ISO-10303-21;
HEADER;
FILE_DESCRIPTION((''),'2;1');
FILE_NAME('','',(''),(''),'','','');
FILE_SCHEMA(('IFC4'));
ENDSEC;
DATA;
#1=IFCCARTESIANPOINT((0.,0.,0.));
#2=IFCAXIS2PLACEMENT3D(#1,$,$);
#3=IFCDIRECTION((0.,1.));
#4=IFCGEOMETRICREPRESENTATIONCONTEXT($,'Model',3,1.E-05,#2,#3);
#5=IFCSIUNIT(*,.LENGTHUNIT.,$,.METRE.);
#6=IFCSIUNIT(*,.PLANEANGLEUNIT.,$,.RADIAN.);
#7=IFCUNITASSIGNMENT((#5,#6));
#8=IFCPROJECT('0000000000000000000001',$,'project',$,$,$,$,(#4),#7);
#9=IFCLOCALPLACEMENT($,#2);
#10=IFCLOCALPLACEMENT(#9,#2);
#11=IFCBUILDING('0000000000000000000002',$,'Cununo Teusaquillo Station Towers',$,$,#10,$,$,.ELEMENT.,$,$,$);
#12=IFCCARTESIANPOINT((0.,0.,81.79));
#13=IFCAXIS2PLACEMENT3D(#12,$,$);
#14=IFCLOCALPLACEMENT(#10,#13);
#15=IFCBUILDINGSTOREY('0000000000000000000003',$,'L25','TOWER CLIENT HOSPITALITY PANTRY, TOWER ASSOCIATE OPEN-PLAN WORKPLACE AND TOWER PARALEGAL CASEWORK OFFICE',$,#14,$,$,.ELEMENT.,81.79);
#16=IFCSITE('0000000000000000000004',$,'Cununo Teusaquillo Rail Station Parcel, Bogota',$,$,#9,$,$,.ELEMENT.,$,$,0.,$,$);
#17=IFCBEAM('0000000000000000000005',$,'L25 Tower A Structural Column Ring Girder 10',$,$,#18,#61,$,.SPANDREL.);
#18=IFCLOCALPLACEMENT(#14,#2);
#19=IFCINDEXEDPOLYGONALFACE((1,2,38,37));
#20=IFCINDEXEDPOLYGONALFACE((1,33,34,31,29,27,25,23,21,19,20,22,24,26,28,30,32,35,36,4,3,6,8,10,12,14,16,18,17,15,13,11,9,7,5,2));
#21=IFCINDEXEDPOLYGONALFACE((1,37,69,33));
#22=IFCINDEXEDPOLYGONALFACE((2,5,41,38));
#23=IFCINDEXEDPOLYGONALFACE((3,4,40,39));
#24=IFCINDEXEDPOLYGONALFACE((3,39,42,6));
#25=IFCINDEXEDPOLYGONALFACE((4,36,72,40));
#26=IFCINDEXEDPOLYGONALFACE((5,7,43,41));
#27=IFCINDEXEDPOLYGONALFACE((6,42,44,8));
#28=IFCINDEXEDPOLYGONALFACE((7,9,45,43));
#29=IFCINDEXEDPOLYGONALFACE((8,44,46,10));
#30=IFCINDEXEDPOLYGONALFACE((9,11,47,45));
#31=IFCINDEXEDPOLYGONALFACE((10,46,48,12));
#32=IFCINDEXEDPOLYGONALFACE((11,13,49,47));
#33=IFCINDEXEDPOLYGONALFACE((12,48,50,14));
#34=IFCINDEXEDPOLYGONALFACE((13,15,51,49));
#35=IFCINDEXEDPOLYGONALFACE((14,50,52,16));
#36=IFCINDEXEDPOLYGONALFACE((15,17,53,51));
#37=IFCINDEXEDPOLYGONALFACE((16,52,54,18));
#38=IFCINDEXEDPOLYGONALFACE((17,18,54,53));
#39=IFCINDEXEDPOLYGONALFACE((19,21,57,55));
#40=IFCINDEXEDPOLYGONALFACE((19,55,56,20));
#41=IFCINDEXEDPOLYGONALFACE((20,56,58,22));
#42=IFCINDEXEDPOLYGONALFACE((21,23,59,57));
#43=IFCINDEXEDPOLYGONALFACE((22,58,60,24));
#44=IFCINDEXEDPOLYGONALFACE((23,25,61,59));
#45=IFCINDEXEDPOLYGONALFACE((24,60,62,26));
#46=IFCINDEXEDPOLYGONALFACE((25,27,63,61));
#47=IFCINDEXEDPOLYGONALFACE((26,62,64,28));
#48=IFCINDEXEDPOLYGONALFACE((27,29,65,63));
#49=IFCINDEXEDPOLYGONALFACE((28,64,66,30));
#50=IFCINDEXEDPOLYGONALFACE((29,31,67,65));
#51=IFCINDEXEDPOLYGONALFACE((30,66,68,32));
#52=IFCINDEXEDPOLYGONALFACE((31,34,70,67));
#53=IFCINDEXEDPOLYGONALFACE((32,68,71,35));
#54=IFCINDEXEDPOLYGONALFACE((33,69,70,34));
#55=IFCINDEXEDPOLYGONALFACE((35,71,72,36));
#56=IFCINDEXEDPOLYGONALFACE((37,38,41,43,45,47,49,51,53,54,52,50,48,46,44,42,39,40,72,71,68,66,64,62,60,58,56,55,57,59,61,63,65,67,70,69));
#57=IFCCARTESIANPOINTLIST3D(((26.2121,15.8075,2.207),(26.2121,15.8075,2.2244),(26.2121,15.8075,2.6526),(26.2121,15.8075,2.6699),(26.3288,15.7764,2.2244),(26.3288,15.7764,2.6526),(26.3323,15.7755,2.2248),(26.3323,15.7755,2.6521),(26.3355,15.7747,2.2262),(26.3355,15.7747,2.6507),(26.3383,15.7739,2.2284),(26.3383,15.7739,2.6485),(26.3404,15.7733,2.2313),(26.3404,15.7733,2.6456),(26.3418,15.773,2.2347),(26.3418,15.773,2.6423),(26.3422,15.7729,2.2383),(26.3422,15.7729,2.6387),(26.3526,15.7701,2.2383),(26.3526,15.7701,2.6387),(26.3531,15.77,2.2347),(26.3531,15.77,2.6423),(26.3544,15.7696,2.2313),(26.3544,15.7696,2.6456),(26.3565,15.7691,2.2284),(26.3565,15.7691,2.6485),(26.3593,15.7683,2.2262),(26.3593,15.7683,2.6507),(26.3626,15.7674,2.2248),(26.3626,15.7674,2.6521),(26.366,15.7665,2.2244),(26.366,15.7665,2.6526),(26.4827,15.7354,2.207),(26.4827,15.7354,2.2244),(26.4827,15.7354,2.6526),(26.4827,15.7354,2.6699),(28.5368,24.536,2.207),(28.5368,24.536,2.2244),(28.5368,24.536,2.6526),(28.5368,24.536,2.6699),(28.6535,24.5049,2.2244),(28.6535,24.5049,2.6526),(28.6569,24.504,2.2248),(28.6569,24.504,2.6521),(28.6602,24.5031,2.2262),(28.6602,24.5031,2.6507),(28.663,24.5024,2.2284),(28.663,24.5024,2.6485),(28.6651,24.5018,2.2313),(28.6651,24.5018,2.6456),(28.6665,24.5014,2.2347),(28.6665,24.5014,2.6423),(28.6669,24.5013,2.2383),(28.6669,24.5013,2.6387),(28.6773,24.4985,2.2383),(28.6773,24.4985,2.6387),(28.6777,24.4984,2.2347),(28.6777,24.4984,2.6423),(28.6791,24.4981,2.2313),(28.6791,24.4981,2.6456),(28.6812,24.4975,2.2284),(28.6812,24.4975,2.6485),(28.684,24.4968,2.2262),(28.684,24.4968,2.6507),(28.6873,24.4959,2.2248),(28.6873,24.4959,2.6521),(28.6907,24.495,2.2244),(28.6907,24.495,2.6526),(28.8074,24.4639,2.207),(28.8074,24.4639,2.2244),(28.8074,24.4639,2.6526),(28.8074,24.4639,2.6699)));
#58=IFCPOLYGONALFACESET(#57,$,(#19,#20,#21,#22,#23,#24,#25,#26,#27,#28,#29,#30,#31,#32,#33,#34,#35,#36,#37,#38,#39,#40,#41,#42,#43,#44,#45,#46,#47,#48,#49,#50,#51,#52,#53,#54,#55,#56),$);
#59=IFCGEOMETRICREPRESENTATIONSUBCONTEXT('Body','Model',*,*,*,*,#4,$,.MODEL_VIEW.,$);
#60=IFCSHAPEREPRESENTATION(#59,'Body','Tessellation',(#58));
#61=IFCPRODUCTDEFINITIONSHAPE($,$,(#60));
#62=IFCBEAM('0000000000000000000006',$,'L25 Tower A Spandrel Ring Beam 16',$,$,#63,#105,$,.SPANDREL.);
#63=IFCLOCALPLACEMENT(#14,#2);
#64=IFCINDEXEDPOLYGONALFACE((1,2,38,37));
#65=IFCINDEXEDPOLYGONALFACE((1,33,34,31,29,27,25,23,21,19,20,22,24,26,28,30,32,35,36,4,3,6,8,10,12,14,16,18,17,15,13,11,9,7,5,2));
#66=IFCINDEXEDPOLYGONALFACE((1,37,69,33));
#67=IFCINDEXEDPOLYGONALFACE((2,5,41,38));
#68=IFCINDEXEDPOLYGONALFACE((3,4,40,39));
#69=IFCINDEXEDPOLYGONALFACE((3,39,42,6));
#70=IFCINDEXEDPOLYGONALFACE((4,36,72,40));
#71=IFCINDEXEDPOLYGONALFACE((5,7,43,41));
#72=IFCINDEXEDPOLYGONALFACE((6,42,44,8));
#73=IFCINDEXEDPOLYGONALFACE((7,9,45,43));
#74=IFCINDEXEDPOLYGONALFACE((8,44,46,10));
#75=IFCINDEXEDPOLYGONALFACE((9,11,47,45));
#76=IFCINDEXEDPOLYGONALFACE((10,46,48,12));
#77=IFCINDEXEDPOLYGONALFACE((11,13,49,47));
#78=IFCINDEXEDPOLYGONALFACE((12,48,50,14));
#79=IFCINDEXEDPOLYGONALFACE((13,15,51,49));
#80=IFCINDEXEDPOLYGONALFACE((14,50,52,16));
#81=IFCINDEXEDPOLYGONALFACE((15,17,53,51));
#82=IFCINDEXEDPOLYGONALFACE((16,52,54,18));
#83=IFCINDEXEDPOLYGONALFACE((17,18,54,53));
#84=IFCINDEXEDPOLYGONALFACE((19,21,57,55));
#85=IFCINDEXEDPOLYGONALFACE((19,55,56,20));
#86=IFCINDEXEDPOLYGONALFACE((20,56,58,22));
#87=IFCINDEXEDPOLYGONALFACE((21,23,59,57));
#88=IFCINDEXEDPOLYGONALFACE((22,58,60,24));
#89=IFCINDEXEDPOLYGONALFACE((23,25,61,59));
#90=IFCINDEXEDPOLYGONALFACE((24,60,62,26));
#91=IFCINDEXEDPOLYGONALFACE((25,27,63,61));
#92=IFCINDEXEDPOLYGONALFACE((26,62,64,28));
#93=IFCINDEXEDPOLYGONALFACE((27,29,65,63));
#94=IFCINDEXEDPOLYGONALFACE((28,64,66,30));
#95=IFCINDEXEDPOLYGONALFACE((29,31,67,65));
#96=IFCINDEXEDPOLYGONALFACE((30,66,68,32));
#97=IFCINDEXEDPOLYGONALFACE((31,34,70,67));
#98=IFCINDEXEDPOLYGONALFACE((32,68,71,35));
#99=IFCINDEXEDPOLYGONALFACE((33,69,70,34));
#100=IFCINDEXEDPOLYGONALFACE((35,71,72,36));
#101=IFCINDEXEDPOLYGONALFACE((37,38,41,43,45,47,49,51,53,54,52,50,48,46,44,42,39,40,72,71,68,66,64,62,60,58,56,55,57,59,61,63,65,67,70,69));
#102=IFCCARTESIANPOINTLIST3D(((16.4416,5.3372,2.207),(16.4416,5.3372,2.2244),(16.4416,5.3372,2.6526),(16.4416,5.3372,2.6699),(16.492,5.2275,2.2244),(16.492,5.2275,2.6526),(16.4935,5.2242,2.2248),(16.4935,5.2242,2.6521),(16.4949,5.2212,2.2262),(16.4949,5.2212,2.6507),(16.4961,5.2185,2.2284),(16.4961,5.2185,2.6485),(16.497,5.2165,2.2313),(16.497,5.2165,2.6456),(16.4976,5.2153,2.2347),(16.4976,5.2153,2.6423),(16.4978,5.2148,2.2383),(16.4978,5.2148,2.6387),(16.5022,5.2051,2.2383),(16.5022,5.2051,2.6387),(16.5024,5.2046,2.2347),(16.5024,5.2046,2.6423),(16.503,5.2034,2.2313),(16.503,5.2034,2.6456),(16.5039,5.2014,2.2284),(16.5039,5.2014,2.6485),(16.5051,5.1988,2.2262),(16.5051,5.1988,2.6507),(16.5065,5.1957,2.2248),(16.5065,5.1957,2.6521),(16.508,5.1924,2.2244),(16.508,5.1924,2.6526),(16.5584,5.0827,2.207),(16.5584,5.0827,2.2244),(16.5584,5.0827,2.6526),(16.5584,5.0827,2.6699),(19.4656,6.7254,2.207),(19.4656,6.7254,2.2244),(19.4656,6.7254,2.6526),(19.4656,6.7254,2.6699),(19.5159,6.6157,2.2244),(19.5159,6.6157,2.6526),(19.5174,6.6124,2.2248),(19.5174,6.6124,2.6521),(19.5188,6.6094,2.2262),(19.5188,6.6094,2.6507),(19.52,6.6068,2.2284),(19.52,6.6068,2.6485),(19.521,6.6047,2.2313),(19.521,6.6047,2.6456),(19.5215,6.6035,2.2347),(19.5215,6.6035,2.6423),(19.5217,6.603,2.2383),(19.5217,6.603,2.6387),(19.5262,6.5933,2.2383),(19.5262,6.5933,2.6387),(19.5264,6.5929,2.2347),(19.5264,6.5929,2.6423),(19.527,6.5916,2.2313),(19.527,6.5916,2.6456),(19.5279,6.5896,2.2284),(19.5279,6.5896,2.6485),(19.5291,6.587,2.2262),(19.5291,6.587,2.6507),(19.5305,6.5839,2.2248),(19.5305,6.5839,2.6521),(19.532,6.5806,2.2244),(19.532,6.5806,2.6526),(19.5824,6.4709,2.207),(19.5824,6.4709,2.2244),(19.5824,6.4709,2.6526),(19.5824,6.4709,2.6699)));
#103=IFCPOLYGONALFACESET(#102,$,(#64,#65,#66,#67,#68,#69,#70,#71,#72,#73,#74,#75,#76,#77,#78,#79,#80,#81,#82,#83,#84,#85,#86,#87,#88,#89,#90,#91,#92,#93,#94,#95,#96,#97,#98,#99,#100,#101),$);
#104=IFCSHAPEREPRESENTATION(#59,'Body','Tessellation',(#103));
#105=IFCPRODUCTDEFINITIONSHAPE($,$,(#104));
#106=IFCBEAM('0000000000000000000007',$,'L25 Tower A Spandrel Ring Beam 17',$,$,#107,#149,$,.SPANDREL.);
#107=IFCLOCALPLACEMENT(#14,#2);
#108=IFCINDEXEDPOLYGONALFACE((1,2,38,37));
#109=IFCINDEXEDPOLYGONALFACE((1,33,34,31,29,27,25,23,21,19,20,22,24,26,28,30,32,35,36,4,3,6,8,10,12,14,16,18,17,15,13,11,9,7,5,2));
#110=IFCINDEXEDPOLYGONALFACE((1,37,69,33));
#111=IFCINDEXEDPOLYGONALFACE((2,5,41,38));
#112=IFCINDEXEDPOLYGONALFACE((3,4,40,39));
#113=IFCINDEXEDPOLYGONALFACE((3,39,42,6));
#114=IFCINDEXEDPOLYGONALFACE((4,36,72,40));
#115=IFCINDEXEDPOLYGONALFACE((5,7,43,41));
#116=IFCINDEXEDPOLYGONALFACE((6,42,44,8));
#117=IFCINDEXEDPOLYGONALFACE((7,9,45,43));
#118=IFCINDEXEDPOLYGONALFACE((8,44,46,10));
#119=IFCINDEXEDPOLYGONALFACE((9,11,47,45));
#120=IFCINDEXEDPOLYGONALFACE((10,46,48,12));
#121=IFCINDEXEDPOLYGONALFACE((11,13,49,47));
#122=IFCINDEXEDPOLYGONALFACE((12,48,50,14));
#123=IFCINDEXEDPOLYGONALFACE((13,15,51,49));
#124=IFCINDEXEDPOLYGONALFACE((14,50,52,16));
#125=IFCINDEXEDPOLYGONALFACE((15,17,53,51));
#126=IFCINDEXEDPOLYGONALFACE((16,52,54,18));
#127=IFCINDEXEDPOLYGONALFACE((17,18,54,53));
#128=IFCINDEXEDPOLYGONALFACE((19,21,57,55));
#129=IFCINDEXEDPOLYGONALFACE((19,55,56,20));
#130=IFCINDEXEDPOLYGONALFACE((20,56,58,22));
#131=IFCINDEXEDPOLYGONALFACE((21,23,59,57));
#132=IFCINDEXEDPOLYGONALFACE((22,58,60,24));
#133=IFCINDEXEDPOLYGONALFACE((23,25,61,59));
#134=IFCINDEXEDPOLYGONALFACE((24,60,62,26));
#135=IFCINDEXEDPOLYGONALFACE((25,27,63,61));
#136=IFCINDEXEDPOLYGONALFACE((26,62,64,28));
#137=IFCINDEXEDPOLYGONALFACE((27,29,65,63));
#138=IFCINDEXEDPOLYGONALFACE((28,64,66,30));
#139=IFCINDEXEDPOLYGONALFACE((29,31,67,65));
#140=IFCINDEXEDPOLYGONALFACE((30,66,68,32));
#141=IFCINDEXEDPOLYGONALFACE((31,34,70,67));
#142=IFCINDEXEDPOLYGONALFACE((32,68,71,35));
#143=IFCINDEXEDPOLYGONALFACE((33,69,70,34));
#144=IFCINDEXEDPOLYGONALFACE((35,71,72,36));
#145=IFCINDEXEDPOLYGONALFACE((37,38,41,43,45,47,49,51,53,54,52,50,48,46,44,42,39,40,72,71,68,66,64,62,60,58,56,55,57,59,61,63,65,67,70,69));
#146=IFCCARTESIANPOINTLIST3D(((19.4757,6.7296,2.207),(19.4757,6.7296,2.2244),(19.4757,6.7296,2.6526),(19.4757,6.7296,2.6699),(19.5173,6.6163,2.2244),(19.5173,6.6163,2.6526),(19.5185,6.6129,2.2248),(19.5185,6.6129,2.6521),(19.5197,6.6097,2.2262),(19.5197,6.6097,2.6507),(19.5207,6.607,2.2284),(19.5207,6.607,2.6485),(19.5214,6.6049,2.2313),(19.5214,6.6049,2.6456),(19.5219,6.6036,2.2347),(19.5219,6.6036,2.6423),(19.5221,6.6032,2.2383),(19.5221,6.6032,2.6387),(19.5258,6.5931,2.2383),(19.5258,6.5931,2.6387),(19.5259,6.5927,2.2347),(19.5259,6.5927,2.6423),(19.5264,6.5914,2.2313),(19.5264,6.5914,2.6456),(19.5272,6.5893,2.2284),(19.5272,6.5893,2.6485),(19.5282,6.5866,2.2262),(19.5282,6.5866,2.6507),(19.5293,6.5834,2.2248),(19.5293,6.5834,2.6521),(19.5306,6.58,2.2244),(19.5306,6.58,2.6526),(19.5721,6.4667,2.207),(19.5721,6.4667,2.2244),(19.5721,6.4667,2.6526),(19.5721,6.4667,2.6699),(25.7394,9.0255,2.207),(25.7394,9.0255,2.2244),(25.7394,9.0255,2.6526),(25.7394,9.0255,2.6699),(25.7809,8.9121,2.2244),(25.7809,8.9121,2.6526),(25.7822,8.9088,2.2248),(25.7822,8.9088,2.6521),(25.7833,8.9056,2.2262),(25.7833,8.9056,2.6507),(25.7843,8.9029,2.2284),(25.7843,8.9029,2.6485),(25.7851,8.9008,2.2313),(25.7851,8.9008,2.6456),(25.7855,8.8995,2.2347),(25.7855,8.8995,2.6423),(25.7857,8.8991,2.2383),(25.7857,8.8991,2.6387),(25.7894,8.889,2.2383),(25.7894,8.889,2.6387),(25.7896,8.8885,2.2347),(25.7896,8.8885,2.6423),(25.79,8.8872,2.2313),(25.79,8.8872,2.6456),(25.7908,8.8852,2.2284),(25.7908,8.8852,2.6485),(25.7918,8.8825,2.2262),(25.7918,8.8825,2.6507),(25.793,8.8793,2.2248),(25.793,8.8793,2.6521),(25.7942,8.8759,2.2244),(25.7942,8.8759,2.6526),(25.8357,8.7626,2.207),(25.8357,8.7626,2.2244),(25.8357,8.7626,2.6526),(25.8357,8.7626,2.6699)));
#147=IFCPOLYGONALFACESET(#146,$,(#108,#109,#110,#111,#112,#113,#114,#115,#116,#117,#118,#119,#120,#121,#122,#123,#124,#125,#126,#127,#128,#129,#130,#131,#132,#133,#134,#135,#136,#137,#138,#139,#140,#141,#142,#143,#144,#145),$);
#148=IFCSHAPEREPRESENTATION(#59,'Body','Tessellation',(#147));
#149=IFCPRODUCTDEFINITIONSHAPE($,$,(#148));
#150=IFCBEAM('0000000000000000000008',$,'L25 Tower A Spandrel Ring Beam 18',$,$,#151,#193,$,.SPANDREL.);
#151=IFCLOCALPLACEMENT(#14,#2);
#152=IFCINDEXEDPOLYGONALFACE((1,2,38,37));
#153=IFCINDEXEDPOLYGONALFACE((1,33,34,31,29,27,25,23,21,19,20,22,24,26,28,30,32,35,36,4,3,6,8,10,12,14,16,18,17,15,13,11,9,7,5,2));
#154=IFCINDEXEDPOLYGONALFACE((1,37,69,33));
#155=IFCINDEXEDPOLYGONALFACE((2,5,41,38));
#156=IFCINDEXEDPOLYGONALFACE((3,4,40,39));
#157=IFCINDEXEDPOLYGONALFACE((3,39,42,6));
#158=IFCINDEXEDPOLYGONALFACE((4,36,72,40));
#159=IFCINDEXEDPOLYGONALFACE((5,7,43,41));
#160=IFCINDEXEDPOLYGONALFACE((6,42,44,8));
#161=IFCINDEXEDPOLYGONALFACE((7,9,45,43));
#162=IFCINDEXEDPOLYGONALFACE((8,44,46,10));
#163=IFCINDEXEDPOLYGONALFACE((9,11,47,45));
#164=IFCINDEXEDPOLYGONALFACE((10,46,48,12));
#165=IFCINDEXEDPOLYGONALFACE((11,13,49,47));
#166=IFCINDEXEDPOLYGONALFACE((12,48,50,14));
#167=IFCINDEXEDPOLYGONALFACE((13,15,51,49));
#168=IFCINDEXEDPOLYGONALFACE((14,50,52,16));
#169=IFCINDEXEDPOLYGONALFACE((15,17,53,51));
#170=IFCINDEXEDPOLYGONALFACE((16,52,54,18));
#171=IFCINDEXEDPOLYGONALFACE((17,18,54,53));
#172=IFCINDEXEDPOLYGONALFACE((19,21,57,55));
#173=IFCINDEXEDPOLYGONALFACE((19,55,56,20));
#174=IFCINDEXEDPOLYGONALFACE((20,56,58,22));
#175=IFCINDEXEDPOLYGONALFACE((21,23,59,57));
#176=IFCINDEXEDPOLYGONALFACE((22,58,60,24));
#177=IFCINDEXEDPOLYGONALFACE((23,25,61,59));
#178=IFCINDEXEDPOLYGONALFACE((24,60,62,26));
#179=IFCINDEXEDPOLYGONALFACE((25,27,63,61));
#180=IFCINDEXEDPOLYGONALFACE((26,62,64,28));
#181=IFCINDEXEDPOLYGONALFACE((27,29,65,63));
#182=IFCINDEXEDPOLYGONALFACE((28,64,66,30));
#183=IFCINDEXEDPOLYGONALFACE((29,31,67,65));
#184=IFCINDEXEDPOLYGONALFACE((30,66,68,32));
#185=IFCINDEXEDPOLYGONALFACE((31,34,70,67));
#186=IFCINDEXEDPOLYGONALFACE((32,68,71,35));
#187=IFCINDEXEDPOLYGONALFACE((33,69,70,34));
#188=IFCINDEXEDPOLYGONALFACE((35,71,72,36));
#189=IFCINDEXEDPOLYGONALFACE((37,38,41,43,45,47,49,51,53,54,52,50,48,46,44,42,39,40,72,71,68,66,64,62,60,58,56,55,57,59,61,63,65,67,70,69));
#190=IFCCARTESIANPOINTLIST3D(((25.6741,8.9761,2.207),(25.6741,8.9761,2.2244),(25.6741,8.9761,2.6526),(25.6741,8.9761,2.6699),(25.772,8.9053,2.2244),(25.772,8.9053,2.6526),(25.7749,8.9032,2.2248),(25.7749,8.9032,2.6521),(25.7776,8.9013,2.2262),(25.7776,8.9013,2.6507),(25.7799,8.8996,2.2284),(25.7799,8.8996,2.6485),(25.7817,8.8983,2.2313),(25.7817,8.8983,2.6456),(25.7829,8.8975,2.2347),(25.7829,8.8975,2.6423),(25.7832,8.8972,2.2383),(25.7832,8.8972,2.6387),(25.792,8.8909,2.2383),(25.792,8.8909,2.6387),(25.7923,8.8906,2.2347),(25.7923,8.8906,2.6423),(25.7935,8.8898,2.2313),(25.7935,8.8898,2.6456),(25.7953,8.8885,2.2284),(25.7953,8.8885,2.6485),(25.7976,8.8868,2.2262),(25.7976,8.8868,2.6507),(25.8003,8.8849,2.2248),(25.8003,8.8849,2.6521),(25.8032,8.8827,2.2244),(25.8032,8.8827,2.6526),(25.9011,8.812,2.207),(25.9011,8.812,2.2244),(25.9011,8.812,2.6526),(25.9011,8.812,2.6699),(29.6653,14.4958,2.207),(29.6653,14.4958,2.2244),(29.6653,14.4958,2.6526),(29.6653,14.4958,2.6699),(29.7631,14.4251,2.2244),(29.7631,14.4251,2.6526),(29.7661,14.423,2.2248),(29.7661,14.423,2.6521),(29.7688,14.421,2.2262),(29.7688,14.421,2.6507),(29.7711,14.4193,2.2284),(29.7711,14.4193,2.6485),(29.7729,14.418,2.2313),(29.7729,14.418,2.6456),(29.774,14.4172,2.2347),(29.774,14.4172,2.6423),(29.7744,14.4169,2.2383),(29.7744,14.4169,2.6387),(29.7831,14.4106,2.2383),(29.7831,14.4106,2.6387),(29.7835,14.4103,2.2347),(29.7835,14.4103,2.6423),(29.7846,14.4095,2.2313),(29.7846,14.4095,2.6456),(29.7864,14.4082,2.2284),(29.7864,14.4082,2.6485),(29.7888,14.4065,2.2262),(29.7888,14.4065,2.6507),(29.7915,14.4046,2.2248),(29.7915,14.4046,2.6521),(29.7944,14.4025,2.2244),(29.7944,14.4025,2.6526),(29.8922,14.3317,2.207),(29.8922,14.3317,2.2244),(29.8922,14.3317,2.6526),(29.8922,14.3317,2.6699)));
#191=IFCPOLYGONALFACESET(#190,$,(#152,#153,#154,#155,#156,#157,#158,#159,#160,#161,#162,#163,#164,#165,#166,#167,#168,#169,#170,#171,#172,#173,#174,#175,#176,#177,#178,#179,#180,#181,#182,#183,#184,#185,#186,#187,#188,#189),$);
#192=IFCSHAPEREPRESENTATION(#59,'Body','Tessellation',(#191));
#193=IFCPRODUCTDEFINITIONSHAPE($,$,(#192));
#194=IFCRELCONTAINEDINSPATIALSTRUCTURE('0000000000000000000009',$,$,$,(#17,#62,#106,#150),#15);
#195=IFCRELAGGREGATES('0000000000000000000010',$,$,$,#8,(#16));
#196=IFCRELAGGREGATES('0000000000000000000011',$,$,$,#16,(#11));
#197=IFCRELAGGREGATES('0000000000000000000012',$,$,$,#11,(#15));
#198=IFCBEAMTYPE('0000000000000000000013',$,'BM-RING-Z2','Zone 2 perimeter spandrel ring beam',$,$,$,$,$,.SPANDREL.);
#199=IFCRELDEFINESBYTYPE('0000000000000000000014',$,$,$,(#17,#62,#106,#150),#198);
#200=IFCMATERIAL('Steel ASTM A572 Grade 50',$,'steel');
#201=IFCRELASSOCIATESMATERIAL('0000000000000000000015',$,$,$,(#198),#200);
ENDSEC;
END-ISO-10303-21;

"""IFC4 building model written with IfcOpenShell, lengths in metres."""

from ifc_helpers import new_model, si_unit, direction, frame, origin, origin_2d, place, context, subcontext, project, spatial, i_section, extrude, material, material_profile, profile_set, type_object, element, save


model = new_model("IFC4")

# Units and contexts
model_context = context("Model", 3, precision=1e-05, world=origin(), true_north=direction((0.0, 1.0)))
body_context = subcontext(model_context, "Body", "Model", "MODEL_VIEW")
ifc_project = project(units=[si_unit("LENGTHUNIT", "METRE"), si_unit("PLANEANGLEUNIT", "RADIAN")], contexts=[model_context])

# Site, building, storey
site_placement = place(None, origin())
site = spatial("IfcSite", under=ifc_project, at=site_placement, Name="Cununo Teusaquillo Rail Station Parcel, Bogota", CompositionType="ELEMENT", RefElevation=0.0)
building_placement = place(site_placement, origin())
building = spatial("IfcBuilding", under=site, at=building_placement, Name="Cununo Teusaquillo Station Towers", CompositionType="ELEMENT")
storey_placement = place(building_placement, frame((0.0, 0.0, 81.79)))
storey = spatial("IfcBuildingStorey", under=building, at=storey_placement, Name="L25", Description="TOWER CLIENT HOSPITALITY PANTRY, TOWER ASSOCIATE OPEN-PLAN WORKPLACE AND TOWER PARALEGAL CASEWORK OFFICE", CompositionType="ELEMENT", Elevation=81.79)

# Beams
ifc_material_1 = material(Name="Steel ASTM A572 Grade 50", Category="steel")
ifc_material_profile_1 = material_profile(ifc_material_1, i_section(OverallWidth=0.28, OverallDepth=0.4629, WebThickness=0.0107, FlangeThickness=0.0173, FilletRadius=0.0139, at=origin_2d()), Name="W18X76")
ifc_profile_set_1 = profile_set([ifc_material_profile_1], Name="Steel ASTM A572 Grade 50")
beam_type_1 = type_object("IfcBeamType", Name="BM-RING-Z2", Description="Zone 2 perimeter spandrel ring beam", PredefinedType="SPANDREL", material=ifc_profile_set_1)
beam_1_placement = place(storey_placement, frame((26.3474, 15.7715, 2.4385), z_axis=(0.257363, 0.966315, 0.0), x_axis=(-0.966315, 0.257363, 0.0)))
element("IfcBeam", 1, at=beam_1_placement, inside=storey, type_object=beam_type_1, Name="L25 Tower A Structural Column Ring Girder 10", PredefinedType="SPANDREL", context=body_context, shape_type="SweptSolid", body=[
    extrude(i_section(OverallWidth=0.28, OverallDepth=0.4629, WebThickness=0.0107, FlangeThickness=0.0173, FilletRadius=0.0139, at=origin_2d()), origin(), (0.0, 0.0, 1.0), 9.0327),
])
beam_2_placement = place(storey_placement, frame((16.5, 5.21, 2.4385), z_axis=(0.908812, 0.417205, 0.0), x_axis=(-0.417205, 0.908812, 0.0)))
element("IfcBeam", 2, at=beam_2_placement, inside=storey, type_object=beam_type_1, Name="L25 Tower A Spandrel Ring Beam 16", PredefinedType="SPANDREL", context=body_context, shape_type="SweptSolid", body=[
    extrude(i_section(OverallWidth=0.28, OverallDepth=0.4629, WebThickness=0.0107, FlangeThickness=0.0173, FilletRadius=0.0139, at=origin_2d()), origin(), (0.0, 0.0, 1.0), 3.3274),
])
beam_3_placement = place(storey_placement, frame((19.5239, 6.5981, 2.4385), z_axis=(0.938914, 0.344151, 0.0), x_axis=(-0.344151, 0.938914, 0.0)))
element("IfcBeam", 3, at=beam_3_placement, inside=storey, type_object=beam_type_1, Name="L25 Tower A Spandrel Ring Beam 17", PredefinedType="SPANDREL", context=body_context, shape_type="SweptSolid", body=[
    extrude(i_section(OverallWidth=0.28, OverallDepth=0.4629, WebThickness=0.0107, FlangeThickness=0.0173, FilletRadius=0.0139, at=origin_2d()), origin(), (0.0, 0.0, 1.0), 6.6711),
])
beam_4_placement = place(storey_placement, frame((25.7876, 8.894, 2.4385), z_axis=(0.585945, 0.810351, 0.0), x_axis=(-0.810351, 0.585945, 0.0)))
element("IfcBeam", 4, at=beam_4_placement, inside=storey, type_object=beam_type_1, Name="L25 Tower A Spandrel Ring Beam 18", PredefinedType="SPANDREL", context=body_context, shape_type="SweptSolid", body=[
    extrude(i_section(OverallWidth=0.28, OverallDepth=0.4629, WebThickness=0.0107, FlangeThickness=0.0173, FilletRadius=0.0139, at=origin_2d()), origin(), (0.0, 0.0, 1.0), 6.8115),
])

save(model, "model.ifc")
